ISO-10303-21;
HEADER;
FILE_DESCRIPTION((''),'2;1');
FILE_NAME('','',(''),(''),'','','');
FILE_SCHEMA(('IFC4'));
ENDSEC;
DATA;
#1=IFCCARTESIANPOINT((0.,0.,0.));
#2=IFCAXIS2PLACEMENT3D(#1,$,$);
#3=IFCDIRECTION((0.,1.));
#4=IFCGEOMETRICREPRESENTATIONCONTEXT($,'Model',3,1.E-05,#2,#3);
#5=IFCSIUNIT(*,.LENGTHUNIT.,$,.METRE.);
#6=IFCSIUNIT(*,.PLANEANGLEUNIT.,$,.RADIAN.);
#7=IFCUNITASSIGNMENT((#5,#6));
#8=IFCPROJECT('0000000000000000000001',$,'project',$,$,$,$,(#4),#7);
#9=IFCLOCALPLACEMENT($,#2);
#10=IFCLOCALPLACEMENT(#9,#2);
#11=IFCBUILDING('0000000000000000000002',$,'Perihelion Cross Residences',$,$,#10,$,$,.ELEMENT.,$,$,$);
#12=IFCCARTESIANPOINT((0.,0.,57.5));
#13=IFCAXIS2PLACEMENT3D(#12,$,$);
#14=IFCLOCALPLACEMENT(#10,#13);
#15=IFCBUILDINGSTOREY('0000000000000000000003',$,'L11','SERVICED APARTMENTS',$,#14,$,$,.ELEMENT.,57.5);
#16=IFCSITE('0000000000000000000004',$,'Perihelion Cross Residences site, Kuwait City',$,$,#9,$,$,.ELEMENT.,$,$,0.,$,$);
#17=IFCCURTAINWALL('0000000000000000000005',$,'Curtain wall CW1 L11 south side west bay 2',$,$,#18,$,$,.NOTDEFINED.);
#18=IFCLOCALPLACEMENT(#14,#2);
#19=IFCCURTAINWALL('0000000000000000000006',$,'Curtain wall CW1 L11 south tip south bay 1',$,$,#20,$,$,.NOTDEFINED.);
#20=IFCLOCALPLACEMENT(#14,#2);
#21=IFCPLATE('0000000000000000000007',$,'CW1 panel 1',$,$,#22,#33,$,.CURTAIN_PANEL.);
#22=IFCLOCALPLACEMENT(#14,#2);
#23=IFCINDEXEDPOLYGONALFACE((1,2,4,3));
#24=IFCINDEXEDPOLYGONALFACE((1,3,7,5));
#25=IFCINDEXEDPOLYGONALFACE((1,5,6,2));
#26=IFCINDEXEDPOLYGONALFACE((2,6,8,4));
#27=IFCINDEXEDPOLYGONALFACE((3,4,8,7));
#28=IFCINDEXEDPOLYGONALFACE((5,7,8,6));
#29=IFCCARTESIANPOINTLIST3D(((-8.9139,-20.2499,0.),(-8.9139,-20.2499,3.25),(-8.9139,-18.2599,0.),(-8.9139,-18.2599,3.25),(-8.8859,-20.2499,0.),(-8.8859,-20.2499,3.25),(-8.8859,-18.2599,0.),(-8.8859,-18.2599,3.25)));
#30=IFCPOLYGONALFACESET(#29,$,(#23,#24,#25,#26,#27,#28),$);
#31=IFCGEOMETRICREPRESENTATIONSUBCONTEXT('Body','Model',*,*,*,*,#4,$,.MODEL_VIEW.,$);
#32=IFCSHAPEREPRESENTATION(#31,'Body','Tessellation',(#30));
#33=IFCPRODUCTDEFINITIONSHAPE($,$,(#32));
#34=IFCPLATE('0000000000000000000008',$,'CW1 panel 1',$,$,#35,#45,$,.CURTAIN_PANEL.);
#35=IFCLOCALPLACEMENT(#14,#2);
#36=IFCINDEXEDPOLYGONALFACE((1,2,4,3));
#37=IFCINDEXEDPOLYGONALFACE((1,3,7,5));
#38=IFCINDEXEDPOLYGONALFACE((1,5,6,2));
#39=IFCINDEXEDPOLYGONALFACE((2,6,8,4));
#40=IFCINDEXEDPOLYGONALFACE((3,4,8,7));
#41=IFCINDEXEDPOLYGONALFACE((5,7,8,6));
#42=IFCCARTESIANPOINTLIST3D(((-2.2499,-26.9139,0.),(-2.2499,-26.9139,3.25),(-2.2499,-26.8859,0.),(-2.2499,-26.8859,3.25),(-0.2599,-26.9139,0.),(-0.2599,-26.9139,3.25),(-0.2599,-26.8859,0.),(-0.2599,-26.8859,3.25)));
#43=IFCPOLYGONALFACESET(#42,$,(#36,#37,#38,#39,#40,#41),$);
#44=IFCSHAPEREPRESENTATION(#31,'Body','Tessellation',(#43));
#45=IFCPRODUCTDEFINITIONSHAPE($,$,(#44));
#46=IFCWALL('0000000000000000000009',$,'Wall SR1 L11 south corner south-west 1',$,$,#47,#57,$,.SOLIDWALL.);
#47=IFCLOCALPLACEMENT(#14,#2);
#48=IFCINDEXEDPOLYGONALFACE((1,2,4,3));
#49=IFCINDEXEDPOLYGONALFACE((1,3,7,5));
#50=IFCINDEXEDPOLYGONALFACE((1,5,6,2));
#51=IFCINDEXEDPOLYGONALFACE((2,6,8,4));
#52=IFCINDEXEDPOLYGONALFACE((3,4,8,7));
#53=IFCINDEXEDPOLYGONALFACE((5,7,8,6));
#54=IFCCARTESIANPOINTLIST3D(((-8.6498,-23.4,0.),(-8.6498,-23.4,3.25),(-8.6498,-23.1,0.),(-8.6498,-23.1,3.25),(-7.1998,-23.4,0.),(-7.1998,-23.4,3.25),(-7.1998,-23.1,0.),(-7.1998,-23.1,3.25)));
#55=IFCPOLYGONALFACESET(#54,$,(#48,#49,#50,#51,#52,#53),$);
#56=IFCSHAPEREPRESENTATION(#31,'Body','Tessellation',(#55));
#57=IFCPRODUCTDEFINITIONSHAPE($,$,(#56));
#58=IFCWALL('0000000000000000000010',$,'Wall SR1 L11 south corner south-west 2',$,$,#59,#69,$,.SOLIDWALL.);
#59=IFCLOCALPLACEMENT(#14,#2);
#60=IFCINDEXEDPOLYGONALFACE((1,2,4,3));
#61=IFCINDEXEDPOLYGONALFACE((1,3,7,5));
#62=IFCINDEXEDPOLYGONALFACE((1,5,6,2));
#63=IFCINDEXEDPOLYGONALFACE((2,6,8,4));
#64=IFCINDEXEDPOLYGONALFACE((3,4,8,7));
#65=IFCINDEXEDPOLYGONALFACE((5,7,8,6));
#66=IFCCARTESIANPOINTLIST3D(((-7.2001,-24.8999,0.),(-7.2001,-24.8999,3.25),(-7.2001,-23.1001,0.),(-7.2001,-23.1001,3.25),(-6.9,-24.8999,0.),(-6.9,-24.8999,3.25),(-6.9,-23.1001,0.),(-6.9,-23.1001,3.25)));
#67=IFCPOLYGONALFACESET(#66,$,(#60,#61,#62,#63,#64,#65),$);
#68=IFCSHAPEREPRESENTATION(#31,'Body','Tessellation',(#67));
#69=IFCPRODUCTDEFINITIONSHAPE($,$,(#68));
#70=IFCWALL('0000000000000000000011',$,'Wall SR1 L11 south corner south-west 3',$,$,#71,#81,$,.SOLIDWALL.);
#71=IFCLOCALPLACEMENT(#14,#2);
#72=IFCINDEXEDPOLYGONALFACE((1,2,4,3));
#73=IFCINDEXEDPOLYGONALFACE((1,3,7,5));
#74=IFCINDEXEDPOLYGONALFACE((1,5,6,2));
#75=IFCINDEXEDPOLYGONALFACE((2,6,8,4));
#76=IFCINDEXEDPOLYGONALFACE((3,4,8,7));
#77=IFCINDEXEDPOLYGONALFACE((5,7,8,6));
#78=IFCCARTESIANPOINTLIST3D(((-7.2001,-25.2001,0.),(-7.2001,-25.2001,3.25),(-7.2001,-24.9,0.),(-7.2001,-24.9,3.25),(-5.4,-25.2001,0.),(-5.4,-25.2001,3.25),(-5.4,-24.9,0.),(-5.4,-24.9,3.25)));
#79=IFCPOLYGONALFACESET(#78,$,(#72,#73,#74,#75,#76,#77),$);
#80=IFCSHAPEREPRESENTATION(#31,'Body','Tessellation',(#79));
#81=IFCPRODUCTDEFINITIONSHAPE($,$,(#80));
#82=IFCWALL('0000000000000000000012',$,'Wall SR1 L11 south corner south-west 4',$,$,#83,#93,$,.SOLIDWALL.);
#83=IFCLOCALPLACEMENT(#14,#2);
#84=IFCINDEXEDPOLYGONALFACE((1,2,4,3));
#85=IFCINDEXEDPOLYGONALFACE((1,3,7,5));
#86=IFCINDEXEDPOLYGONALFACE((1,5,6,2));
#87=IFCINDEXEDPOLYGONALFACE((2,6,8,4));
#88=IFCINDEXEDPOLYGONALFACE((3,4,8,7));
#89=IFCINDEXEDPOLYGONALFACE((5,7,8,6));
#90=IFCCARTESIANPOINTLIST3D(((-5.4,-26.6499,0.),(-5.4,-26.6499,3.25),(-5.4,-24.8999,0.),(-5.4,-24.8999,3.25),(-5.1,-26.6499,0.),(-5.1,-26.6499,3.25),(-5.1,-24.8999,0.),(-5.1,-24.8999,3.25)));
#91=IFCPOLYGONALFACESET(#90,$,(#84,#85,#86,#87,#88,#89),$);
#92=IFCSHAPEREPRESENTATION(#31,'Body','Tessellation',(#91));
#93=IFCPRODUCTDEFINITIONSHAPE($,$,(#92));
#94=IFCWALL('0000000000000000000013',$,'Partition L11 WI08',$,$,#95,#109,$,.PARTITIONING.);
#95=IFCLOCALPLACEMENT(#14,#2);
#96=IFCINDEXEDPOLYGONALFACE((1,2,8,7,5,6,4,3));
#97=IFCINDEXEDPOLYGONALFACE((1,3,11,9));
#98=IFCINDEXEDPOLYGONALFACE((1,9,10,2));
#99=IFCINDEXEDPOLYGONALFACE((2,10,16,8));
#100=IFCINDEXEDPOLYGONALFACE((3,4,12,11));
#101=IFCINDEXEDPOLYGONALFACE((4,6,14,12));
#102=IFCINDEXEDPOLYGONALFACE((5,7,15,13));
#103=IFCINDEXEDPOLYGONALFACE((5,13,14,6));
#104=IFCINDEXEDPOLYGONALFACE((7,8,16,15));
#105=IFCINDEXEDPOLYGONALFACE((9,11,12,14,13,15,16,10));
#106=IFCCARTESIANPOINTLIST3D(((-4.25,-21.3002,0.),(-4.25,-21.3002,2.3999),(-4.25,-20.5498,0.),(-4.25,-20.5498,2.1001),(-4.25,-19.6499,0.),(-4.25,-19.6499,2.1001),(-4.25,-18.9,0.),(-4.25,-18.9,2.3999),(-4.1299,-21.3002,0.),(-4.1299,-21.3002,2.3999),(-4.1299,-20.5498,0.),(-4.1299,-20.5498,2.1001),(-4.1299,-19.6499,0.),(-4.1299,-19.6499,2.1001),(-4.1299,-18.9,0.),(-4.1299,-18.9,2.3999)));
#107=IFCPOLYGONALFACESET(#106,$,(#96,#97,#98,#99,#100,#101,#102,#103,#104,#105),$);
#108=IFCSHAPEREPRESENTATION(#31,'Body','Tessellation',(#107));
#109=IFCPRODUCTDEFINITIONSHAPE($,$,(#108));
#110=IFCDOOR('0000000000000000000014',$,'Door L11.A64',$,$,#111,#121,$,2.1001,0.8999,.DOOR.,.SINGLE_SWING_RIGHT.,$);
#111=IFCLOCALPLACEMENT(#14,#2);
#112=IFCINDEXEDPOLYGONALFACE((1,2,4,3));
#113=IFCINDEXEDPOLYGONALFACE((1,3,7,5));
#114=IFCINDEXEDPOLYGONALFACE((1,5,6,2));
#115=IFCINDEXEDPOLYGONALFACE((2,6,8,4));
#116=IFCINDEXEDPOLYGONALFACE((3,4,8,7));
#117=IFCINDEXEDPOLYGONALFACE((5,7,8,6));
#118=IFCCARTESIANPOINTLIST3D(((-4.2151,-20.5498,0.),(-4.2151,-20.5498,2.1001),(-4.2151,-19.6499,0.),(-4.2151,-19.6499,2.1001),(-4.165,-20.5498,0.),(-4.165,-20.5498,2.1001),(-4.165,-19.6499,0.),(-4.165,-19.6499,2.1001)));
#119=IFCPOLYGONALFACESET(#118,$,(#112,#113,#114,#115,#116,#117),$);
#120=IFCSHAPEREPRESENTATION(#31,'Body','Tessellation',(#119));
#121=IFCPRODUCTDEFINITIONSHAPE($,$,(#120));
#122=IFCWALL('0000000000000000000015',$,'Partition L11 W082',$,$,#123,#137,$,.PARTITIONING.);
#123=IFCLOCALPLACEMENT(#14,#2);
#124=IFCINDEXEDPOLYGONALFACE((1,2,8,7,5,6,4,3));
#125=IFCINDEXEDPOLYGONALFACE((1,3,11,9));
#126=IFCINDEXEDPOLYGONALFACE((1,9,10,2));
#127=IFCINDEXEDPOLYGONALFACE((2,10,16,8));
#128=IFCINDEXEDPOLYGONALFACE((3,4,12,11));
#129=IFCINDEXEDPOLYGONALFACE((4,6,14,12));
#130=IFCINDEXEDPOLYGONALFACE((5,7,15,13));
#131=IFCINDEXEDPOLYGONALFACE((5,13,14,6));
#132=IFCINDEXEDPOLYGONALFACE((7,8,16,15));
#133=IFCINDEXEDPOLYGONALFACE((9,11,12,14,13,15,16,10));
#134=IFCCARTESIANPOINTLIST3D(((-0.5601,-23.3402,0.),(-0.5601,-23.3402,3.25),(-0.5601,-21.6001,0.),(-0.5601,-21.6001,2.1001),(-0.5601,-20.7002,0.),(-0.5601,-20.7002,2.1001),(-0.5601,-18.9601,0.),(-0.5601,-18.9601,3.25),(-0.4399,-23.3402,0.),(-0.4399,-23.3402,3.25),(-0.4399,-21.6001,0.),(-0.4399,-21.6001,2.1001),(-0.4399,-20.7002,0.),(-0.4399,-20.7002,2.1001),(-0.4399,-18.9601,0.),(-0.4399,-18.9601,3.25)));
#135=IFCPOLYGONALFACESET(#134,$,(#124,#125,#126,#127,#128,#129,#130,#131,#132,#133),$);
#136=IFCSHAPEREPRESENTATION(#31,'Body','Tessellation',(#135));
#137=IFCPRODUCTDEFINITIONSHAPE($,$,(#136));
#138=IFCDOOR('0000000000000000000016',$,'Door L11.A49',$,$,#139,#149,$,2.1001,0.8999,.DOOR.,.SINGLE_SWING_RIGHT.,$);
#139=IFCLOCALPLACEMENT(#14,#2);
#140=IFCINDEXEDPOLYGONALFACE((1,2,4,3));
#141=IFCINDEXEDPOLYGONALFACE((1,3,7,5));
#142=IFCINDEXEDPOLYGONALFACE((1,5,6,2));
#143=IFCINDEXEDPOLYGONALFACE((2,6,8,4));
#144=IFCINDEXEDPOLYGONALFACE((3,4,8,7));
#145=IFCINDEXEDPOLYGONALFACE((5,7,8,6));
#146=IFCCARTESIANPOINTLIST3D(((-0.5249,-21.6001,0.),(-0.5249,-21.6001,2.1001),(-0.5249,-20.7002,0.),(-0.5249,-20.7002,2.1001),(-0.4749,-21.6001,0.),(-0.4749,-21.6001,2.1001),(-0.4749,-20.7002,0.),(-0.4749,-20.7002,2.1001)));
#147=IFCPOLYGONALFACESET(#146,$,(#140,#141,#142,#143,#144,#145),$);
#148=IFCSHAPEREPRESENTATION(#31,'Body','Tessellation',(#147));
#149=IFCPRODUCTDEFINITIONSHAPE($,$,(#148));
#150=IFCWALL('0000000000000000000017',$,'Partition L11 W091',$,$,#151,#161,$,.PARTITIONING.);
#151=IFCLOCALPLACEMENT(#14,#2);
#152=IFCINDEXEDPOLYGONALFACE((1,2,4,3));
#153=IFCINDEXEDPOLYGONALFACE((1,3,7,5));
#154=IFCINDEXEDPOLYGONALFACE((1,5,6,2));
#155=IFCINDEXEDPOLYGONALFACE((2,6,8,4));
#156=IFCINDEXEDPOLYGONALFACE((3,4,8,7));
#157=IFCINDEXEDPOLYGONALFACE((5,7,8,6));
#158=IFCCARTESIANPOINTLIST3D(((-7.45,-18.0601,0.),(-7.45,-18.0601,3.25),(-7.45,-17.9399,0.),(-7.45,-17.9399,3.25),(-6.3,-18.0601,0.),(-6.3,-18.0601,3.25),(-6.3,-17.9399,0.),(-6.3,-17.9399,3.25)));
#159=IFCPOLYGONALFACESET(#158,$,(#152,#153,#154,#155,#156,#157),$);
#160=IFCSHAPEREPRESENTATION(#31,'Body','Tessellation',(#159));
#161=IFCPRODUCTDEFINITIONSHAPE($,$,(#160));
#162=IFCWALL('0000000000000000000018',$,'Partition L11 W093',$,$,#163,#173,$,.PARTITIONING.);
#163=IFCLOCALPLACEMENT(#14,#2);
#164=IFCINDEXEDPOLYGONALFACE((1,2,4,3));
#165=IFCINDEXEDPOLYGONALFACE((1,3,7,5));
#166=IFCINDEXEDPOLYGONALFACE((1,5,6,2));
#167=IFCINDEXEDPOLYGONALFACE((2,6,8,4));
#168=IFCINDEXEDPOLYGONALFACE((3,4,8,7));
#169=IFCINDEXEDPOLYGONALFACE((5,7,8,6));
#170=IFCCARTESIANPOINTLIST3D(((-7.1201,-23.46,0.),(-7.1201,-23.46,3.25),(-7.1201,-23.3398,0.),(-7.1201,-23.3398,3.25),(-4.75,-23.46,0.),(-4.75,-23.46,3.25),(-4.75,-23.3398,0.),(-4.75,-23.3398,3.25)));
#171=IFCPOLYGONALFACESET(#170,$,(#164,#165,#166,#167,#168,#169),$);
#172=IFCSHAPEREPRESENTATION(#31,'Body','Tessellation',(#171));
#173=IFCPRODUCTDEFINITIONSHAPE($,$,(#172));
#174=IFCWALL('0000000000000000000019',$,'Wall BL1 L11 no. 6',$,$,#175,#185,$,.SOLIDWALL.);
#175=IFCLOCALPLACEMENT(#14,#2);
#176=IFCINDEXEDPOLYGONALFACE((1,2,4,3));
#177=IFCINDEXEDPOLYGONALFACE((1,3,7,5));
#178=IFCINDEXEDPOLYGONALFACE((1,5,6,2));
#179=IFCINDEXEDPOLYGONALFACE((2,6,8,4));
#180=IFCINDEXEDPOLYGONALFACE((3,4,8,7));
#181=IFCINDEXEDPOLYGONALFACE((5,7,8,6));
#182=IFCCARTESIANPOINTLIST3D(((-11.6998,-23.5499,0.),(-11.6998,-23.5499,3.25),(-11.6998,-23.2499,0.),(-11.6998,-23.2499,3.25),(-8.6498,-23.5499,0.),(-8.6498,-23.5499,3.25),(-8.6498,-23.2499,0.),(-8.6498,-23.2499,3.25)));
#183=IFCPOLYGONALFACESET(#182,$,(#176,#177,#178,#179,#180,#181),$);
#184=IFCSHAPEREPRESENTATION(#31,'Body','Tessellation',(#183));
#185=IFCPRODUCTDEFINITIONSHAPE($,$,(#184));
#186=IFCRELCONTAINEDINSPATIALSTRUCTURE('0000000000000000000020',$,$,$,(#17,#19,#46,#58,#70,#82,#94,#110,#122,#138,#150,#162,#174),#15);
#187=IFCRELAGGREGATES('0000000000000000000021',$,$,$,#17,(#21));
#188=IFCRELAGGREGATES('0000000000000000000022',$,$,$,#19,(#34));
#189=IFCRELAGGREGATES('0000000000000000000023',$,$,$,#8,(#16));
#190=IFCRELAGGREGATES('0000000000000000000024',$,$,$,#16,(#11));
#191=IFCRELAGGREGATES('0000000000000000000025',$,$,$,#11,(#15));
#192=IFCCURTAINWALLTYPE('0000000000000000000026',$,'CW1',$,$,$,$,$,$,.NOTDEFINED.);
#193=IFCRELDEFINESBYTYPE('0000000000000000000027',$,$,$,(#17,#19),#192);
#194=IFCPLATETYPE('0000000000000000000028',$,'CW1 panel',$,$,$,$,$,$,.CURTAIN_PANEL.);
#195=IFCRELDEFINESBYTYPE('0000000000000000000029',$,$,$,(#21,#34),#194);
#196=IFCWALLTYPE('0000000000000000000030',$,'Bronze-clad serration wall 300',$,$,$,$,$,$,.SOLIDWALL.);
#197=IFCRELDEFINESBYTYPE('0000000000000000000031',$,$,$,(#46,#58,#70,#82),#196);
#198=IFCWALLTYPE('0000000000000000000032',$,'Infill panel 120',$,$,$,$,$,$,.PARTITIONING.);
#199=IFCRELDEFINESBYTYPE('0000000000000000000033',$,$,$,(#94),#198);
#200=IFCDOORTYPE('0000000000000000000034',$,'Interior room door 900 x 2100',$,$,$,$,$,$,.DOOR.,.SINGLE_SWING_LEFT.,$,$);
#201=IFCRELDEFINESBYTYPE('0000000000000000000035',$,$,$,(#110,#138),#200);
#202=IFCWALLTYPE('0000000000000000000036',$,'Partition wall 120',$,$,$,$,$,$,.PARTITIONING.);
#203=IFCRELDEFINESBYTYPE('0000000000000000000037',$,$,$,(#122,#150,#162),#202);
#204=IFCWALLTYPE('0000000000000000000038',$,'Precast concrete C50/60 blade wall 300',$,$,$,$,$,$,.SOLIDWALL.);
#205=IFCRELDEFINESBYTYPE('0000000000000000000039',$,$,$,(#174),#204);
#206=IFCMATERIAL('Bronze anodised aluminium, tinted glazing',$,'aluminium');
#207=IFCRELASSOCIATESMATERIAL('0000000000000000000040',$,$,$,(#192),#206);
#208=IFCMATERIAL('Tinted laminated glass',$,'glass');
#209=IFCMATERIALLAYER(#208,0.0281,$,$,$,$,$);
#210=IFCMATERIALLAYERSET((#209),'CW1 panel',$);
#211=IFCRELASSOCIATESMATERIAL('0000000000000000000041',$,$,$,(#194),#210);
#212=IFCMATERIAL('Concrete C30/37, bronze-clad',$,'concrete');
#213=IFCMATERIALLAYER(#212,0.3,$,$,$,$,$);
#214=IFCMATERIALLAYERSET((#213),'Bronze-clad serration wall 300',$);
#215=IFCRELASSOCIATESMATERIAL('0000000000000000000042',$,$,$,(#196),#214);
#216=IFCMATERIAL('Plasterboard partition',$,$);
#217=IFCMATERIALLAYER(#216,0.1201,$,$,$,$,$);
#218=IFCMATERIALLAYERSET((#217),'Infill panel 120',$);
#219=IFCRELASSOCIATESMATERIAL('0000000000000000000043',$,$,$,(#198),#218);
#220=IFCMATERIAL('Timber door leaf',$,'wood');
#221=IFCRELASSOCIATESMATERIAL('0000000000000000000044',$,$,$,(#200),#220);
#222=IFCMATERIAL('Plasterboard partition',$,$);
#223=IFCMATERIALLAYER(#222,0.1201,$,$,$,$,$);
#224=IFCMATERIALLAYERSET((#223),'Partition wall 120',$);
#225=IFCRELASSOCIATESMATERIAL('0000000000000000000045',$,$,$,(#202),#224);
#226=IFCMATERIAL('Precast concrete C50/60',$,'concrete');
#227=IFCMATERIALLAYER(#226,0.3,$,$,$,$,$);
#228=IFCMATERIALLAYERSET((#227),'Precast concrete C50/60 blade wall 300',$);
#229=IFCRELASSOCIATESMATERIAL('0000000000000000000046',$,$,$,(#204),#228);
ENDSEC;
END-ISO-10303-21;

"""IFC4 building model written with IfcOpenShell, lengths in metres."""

from ifc_helpers import new_model, si_unit, direction, frame, frame_2d, origin, origin_2d, place, context, subcontext, project, spatial, rectangle, extrude, material, layer, layer_set, type_object, element, fill, aggregate, save


model = new_model("IFC4")

# Units and contexts
model_context = context("Model", 3, precision=1e-05, world=origin(), true_north=direction((0.0, 1.0)))
body_context = subcontext(model_context, "Body", "Model", "MODEL_VIEW")
ifc_project = project(units=[si_unit("LENGTHUNIT", "METRE"), si_unit("PLANEANGLEUNIT", "RADIAN")], contexts=[model_context])

# Site, building, storey
site_placement = place(None, origin())
site = spatial("IfcSite", under=ifc_project, at=site_placement, Name="Perihelion Cross Residences site, Kuwait City", CompositionType="ELEMENT", RefElevation=0.0)
building_placement = place(site_placement, origin())
building = spatial("IfcBuilding", under=site, at=building_placement, Name="Perihelion Cross Residences", CompositionType="ELEMENT")
storey_placement = place(building_placement, frame((0.0, 0.0, 57.5)))
storey = spatial("IfcBuildingStorey", under=building, at=storey_placement, Name="L11", Description="SERVICED APARTMENTS", CompositionType="ELEMENT", Elevation=57.5)

# Curtain walls
ifc_material_1 = material(Name="Bronze anodised aluminium, tinted glazing", Category="aluminium")
curtain_wall_type = type_object("IfcCurtainWallType", Name="CW1", PredefinedType="NOTDEFINED", material=ifc_material_1)
curtain_wall_1_placement = place(storey_placement, origin())
curtain_wall_1 = element("IfcCurtainWall", 1, at=curtain_wall_1_placement, inside=storey, type_object=curtain_wall_type, Name="Curtain wall CW1 L11 south side west bay 2", PredefinedType="NOTDEFINED")
curtain_wall_2_placement = place(storey_placement, origin())
curtain_wall_2 = element("IfcCurtainWall", 2, at=curtain_wall_2_placement, inside=storey, type_object=curtain_wall_type, Name="Curtain wall CW1 L11 south tip south bay 1", PredefinedType="NOTDEFINED")

# Plates
ifc_material_2 = material(Name="Tinted laminated glass", Category="glass")
ifc_layer_1 = layer(ifc_material_2, 0.0281)
ifc_layer_set_1 = layer_set([ifc_layer_1], Name="CW1 panel")
plate_type = type_object("IfcPlateType", Name="CW1 panel", PredefinedType="CURTAIN_PANEL", material=ifc_layer_set_1)
plate_1_placement = place(storey_placement, frame((-8.8999, -19.2549, 0.0), z_axis=(0.0, 0.0, 1.0), x_axis=(0.0, -1.0, 0.0)))
plate_1 = element("IfcPlate", 3, at=plate_1_placement, type_object=plate_type, Name="CW1 panel 1", PredefinedType="CURTAIN_PANEL", context=body_context, shape_type="SweptSolid", body=[
    extrude(rectangle(XDim=1.99, YDim=0.0281, at=origin_2d()), origin(), (0.0, 0.0, 1.0), 3.25),
])
aggregate(curtain_wall_1, [plate_1])
plate_2_placement = place(storey_placement, frame((-1.2549, -26.8999, 0.0), z_axis=(0.0, 0.0, 1.0), x_axis=(1.0, 0.0, 0.0)))
plate_2 = element("IfcPlate", 4, at=plate_2_placement, type_object=plate_type, Name="CW1 panel 1", PredefinedType="CURTAIN_PANEL", context=body_context, shape_type="SweptSolid", body=[
    extrude(rectangle(XDim=1.99, YDim=0.0281, at=origin_2d()), origin(), (0.0, 0.0, 1.0), 3.25),
])
aggregate(curtain_wall_2, [plate_2])

# Walls
ifc_material_3 = material(Name="Concrete C30/37, bronze-clad", Category="concrete")
ifc_layer_2 = layer(ifc_material_3, 0.3)
ifc_layer_set_2 = layer_set([ifc_layer_2], Name="Bronze-clad serration wall 300")
wall_type_1 = type_object("IfcWallType", Name="Bronze-clad serration wall 300", PredefinedType="SOLIDWALL", material=ifc_layer_set_2)
wall_1_placement = place(storey_placement, frame((-8.6499, -23.25, 0.0), z_axis=(0.0, 0.0, 1.0), x_axis=(1.0, 0.0, 0.0)))
element("IfcWall", 5, at=wall_1_placement, inside=storey, type_object=wall_type_1, Name="Wall SR1 L11 south corner south-west 1", PredefinedType="SOLIDWALL", context=body_context, shape_type="SweptSolid", body=[
    extrude(rectangle(XDim=1.45, YDim=0.3, at=frame_2d((0.7251, 0.0))), origin(), (0.0, 0.0, 1.0), 3.25),
])
wall_2_placement = place(storey_placement, frame((-7.05, -23.1001, 0.0), z_axis=(0.0, 0.0, 1.0), x_axis=(0.0, -1.0, 0.0)))
element("IfcWall", 6, at=wall_2_placement, inside=storey, type_object=wall_type_1, Name="Wall SR1 L11 south corner south-west 2", PredefinedType="SOLIDWALL", context=body_context, shape_type="SweptSolid", body=[
    extrude(rectangle(XDim=1.7998, YDim=0.3, at=frame_2d((0.8999, 0.0))), origin(), (0.0, 0.0, 1.0), 3.25),
])
wall_3_placement = place(storey_placement, frame((-7.2, -25.05, 0.0), z_axis=(0.0, 0.0, 1.0), x_axis=(1.0, 0.0, 0.0)))
element("IfcWall", 7, at=wall_3_placement, inside=storey, type_object=wall_type_1, Name="Wall SR1 L11 south corner south-west 3", PredefinedType="SOLIDWALL", context=body_context, shape_type="SweptSolid", body=[
    extrude(rectangle(XDim=1.8, YDim=0.3, at=frame_2d((0.8999, 0.0))), origin(), (0.0, 0.0, 1.0), 3.25),
])
wall_4_placement = place(storey_placement, frame((-5.25, -24.8999, 0.0), z_axis=(0.0, 0.0, 1.0), x_axis=(0.0, -1.0, 0.0)))
element("IfcWall", 8, at=wall_4_placement, inside=storey, type_object=wall_type_1, Name="Wall SR1 L11 south corner south-west 4", PredefinedType="SOLIDWALL", context=body_context, shape_type="SweptSolid", body=[
    extrude(rectangle(XDim=1.75, YDim=0.3, at=frame_2d((0.875, 0.0))), origin(), (0.0, 0.0, 1.0), 3.25),
])

# Walls, openings, doors
ifc_material_4 = material(Name="Plasterboard partition")
ifc_layer_3 = layer(ifc_material_4, 0.1201)
ifc_layer_set_3 = layer_set([ifc_layer_3], Name="Infill panel 120")
wall_type_2 = type_object("IfcWallType", Name="Infill panel 120", PredefinedType="PARTITIONING", material=ifc_layer_set_3)
wall_5_placement = place(storey_placement, frame((-4.1899, -18.8999, 0.0), z_axis=(0.0, 0.0, 1.0), x_axis=(0.0, -1.0, 0.0)))
wall_5 = element("IfcWall", 9, at=wall_5_placement, inside=storey, type_object=wall_type_2, Name="Partition L11 WI08", PredefinedType="PARTITIONING", context=body_context, shape_type="SweptSolid", body=[
    extrude(rectangle(XDim=2.4001, YDim=0.1201, at=frame_2d((1.2002, 0.0))), origin(), (0.0, 0.0, 1.0), 2.3999),
])
opening_1_placement = place(wall_5_placement, frame((0.75, 0.0, 0.0)))
opening_1 = element("IfcOpeningElement", 10, at=opening_1_placement, cuts=wall_5, PredefinedType="OPENING", context=body_context, shape_type="SweptSolid", body=[
    extrude(rectangle(XDim=0.8999, YDim=2.1001, at=frame_2d((0.45, 1.05))), frame((0.0, 0.0701, 0.0), z_axis=(0.0, -1.0, 0.0), x_axis=(1.0, 0.0, 0.0)), (0.0, 0.0, 1.0), 0.1401),
])
ifc_material_5 = material(Name="Timber door leaf", Category="wood")
door_type_1 = type_object("IfcDoorType", Name="Interior room door 900 x 2100", OperationType="SINGLE_SWING_LEFT", PredefinedType="DOOR", material=ifc_material_5)
door_1_placement = place(opening_1_placement, origin())
door_1 = element("IfcDoor", 11, at=door_1_placement, inside=storey, type_object=door_type_1, Name="Door L11.A64", OperationType="SINGLE_SWING_RIGHT", OverallHeight=2.1001, OverallWidth=0.8999, PredefinedType="DOOR", context=body_context, shape_type="SweptSolid", body=[
    extrude(rectangle(XDim=0.8999, YDim=2.1001, at=frame_2d((0.45, 1.05))), frame((0.0, 0.0249, 0.0), z_axis=(0.0, -1.0, 0.0), x_axis=(1.0, 0.0, 0.0)), (0.0, 0.0, 1.0), 0.05),
])
fill(opening_1, door_1)
ifc_material_6 = material(Name="Plasterboard partition")
ifc_layer_4 = layer(ifc_material_6, 0.1201)
ifc_layer_set_4 = layer_set([ifc_layer_4], Name="Partition wall 120")
wall_type_3 = type_object("IfcWallType", Name="Partition wall 120", PredefinedType="PARTITIONING", material=ifc_layer_set_4)
wall_6_placement = place(storey_placement, frame((-0.5, -23.3401, 0.0), z_axis=(0.0, 0.0, 1.0), x_axis=(0.0, 1.0, 0.0)))
wall_6 = element("IfcWall", 12, at=wall_6_placement, inside=storey, type_object=wall_type_3, Name="Partition L11 W082", PredefinedType="PARTITIONING", context=body_context, shape_type="SweptSolid", body=[
    extrude(rectangle(XDim=4.3801, YDim=0.1201, at=frame_2d((2.1899, 0.0))), origin(), (0.0, 0.0, 1.0), 3.25),
])
opening_2_placement = place(wall_6_placement, frame((1.74, 0.0, 0.0)))
opening_2 = element("IfcOpeningElement", 13, at=opening_2_placement, cuts=wall_6, PredefinedType="OPENING", context=body_context, shape_type="SweptSolid", body=[
    extrude(rectangle(XDim=0.8999, YDim=2.1001, at=frame_2d((0.45, 1.05))), frame((0.0, 0.0701, 0.0), z_axis=(0.0, -1.0, 0.0), x_axis=(1.0, 0.0, 0.0)), (0.0, 0.0, 1.0), 0.1401),
])
door_2_placement = place(opening_2_placement, origin())
door_2 = element("IfcDoor", 14, at=door_2_placement, inside=storey, type_object=door_type_1, Name="Door L11.A49", OperationType="SINGLE_SWING_RIGHT", OverallHeight=2.1001, OverallWidth=0.8999, PredefinedType="DOOR", context=body_context, shape_type="SweptSolid", body=[
    extrude(rectangle(XDim=0.8999, YDim=2.1001, at=frame_2d((0.45, 1.05))), frame((0.0, 0.0249, 0.0), z_axis=(0.0, -1.0, 0.0), x_axis=(1.0, 0.0, 0.0)), (0.0, 0.0, 1.0), 0.05),
])
fill(opening_2, door_2)

# Walls
wall_7_placement = place(storey_placement, frame((-6.3, -18.0, 0.0), z_axis=(0.0, 0.0, 1.0), x_axis=(-1.0, 0.0, 0.0)))
element("IfcWall", 15, at=wall_7_placement, inside=storey, type_object=wall_type_3, Name="Partition L11 W091", PredefinedType="PARTITIONING", context=body_context, shape_type="SweptSolid", body=[
    extrude(rectangle(XDim=1.1499, YDim=0.1201, at=frame_2d((0.575, 0.0))), origin(), (0.0, 0.0, 1.0), 3.25),
])
wall_8_placement = place(storey_placement, frame((-4.75, -23.3999, 0.0), z_axis=(0.0, 0.0, 1.0), x_axis=(-1.0, 0.0, 0.0)))
element("IfcWall", 16, at=wall_8_placement, inside=storey, type_object=wall_type_3, Name="Partition L11 W093", PredefinedType="PARTITIONING", context=body_context, shape_type="SweptSolid", body=[
    extrude(rectangle(XDim=2.3701, YDim=0.1201, at=frame_2d((1.1851, 0.0))), origin(), (0.0, 0.0, 1.0), 3.25),
])
ifc_material_7 = material(Name="Precast concrete C50/60", Category="concrete")
ifc_layer_5 = layer(ifc_material_7, 0.3)
ifc_layer_set_5 = layer_set([ifc_layer_5], Name="Precast concrete C50/60 blade wall 300")
wall_type_4 = type_object("IfcWallType", Name="Precast concrete C50/60 blade wall 300", PredefinedType="SOLIDWALL", material=ifc_layer_set_5)
for number, where, z_axis, x_axis, name in (
    (17, (-8.6499, -23.3999, 0.0), (0.0, 0.0, 1.0), (-1.0, 0.0, 0.0), "Wall BL1 L11 no. 6"),
):
    element("IfcWall", number, at=place(storey_placement, frame(where, z_axis=z_axis, x_axis=x_axis)), inside=storey, type_object=wall_type_4, Name=name, PredefinedType="SOLIDWALL", context=body_context, shape_type="SweptSolid", body=[
        extrude(rectangle(XDim=3.05, YDim=0.3, at=frame_2d((1.5249, 0.0))), origin(), (0.0, 0.0, 1.0), 3.25),
    ])

save(model, "model.ifc")
